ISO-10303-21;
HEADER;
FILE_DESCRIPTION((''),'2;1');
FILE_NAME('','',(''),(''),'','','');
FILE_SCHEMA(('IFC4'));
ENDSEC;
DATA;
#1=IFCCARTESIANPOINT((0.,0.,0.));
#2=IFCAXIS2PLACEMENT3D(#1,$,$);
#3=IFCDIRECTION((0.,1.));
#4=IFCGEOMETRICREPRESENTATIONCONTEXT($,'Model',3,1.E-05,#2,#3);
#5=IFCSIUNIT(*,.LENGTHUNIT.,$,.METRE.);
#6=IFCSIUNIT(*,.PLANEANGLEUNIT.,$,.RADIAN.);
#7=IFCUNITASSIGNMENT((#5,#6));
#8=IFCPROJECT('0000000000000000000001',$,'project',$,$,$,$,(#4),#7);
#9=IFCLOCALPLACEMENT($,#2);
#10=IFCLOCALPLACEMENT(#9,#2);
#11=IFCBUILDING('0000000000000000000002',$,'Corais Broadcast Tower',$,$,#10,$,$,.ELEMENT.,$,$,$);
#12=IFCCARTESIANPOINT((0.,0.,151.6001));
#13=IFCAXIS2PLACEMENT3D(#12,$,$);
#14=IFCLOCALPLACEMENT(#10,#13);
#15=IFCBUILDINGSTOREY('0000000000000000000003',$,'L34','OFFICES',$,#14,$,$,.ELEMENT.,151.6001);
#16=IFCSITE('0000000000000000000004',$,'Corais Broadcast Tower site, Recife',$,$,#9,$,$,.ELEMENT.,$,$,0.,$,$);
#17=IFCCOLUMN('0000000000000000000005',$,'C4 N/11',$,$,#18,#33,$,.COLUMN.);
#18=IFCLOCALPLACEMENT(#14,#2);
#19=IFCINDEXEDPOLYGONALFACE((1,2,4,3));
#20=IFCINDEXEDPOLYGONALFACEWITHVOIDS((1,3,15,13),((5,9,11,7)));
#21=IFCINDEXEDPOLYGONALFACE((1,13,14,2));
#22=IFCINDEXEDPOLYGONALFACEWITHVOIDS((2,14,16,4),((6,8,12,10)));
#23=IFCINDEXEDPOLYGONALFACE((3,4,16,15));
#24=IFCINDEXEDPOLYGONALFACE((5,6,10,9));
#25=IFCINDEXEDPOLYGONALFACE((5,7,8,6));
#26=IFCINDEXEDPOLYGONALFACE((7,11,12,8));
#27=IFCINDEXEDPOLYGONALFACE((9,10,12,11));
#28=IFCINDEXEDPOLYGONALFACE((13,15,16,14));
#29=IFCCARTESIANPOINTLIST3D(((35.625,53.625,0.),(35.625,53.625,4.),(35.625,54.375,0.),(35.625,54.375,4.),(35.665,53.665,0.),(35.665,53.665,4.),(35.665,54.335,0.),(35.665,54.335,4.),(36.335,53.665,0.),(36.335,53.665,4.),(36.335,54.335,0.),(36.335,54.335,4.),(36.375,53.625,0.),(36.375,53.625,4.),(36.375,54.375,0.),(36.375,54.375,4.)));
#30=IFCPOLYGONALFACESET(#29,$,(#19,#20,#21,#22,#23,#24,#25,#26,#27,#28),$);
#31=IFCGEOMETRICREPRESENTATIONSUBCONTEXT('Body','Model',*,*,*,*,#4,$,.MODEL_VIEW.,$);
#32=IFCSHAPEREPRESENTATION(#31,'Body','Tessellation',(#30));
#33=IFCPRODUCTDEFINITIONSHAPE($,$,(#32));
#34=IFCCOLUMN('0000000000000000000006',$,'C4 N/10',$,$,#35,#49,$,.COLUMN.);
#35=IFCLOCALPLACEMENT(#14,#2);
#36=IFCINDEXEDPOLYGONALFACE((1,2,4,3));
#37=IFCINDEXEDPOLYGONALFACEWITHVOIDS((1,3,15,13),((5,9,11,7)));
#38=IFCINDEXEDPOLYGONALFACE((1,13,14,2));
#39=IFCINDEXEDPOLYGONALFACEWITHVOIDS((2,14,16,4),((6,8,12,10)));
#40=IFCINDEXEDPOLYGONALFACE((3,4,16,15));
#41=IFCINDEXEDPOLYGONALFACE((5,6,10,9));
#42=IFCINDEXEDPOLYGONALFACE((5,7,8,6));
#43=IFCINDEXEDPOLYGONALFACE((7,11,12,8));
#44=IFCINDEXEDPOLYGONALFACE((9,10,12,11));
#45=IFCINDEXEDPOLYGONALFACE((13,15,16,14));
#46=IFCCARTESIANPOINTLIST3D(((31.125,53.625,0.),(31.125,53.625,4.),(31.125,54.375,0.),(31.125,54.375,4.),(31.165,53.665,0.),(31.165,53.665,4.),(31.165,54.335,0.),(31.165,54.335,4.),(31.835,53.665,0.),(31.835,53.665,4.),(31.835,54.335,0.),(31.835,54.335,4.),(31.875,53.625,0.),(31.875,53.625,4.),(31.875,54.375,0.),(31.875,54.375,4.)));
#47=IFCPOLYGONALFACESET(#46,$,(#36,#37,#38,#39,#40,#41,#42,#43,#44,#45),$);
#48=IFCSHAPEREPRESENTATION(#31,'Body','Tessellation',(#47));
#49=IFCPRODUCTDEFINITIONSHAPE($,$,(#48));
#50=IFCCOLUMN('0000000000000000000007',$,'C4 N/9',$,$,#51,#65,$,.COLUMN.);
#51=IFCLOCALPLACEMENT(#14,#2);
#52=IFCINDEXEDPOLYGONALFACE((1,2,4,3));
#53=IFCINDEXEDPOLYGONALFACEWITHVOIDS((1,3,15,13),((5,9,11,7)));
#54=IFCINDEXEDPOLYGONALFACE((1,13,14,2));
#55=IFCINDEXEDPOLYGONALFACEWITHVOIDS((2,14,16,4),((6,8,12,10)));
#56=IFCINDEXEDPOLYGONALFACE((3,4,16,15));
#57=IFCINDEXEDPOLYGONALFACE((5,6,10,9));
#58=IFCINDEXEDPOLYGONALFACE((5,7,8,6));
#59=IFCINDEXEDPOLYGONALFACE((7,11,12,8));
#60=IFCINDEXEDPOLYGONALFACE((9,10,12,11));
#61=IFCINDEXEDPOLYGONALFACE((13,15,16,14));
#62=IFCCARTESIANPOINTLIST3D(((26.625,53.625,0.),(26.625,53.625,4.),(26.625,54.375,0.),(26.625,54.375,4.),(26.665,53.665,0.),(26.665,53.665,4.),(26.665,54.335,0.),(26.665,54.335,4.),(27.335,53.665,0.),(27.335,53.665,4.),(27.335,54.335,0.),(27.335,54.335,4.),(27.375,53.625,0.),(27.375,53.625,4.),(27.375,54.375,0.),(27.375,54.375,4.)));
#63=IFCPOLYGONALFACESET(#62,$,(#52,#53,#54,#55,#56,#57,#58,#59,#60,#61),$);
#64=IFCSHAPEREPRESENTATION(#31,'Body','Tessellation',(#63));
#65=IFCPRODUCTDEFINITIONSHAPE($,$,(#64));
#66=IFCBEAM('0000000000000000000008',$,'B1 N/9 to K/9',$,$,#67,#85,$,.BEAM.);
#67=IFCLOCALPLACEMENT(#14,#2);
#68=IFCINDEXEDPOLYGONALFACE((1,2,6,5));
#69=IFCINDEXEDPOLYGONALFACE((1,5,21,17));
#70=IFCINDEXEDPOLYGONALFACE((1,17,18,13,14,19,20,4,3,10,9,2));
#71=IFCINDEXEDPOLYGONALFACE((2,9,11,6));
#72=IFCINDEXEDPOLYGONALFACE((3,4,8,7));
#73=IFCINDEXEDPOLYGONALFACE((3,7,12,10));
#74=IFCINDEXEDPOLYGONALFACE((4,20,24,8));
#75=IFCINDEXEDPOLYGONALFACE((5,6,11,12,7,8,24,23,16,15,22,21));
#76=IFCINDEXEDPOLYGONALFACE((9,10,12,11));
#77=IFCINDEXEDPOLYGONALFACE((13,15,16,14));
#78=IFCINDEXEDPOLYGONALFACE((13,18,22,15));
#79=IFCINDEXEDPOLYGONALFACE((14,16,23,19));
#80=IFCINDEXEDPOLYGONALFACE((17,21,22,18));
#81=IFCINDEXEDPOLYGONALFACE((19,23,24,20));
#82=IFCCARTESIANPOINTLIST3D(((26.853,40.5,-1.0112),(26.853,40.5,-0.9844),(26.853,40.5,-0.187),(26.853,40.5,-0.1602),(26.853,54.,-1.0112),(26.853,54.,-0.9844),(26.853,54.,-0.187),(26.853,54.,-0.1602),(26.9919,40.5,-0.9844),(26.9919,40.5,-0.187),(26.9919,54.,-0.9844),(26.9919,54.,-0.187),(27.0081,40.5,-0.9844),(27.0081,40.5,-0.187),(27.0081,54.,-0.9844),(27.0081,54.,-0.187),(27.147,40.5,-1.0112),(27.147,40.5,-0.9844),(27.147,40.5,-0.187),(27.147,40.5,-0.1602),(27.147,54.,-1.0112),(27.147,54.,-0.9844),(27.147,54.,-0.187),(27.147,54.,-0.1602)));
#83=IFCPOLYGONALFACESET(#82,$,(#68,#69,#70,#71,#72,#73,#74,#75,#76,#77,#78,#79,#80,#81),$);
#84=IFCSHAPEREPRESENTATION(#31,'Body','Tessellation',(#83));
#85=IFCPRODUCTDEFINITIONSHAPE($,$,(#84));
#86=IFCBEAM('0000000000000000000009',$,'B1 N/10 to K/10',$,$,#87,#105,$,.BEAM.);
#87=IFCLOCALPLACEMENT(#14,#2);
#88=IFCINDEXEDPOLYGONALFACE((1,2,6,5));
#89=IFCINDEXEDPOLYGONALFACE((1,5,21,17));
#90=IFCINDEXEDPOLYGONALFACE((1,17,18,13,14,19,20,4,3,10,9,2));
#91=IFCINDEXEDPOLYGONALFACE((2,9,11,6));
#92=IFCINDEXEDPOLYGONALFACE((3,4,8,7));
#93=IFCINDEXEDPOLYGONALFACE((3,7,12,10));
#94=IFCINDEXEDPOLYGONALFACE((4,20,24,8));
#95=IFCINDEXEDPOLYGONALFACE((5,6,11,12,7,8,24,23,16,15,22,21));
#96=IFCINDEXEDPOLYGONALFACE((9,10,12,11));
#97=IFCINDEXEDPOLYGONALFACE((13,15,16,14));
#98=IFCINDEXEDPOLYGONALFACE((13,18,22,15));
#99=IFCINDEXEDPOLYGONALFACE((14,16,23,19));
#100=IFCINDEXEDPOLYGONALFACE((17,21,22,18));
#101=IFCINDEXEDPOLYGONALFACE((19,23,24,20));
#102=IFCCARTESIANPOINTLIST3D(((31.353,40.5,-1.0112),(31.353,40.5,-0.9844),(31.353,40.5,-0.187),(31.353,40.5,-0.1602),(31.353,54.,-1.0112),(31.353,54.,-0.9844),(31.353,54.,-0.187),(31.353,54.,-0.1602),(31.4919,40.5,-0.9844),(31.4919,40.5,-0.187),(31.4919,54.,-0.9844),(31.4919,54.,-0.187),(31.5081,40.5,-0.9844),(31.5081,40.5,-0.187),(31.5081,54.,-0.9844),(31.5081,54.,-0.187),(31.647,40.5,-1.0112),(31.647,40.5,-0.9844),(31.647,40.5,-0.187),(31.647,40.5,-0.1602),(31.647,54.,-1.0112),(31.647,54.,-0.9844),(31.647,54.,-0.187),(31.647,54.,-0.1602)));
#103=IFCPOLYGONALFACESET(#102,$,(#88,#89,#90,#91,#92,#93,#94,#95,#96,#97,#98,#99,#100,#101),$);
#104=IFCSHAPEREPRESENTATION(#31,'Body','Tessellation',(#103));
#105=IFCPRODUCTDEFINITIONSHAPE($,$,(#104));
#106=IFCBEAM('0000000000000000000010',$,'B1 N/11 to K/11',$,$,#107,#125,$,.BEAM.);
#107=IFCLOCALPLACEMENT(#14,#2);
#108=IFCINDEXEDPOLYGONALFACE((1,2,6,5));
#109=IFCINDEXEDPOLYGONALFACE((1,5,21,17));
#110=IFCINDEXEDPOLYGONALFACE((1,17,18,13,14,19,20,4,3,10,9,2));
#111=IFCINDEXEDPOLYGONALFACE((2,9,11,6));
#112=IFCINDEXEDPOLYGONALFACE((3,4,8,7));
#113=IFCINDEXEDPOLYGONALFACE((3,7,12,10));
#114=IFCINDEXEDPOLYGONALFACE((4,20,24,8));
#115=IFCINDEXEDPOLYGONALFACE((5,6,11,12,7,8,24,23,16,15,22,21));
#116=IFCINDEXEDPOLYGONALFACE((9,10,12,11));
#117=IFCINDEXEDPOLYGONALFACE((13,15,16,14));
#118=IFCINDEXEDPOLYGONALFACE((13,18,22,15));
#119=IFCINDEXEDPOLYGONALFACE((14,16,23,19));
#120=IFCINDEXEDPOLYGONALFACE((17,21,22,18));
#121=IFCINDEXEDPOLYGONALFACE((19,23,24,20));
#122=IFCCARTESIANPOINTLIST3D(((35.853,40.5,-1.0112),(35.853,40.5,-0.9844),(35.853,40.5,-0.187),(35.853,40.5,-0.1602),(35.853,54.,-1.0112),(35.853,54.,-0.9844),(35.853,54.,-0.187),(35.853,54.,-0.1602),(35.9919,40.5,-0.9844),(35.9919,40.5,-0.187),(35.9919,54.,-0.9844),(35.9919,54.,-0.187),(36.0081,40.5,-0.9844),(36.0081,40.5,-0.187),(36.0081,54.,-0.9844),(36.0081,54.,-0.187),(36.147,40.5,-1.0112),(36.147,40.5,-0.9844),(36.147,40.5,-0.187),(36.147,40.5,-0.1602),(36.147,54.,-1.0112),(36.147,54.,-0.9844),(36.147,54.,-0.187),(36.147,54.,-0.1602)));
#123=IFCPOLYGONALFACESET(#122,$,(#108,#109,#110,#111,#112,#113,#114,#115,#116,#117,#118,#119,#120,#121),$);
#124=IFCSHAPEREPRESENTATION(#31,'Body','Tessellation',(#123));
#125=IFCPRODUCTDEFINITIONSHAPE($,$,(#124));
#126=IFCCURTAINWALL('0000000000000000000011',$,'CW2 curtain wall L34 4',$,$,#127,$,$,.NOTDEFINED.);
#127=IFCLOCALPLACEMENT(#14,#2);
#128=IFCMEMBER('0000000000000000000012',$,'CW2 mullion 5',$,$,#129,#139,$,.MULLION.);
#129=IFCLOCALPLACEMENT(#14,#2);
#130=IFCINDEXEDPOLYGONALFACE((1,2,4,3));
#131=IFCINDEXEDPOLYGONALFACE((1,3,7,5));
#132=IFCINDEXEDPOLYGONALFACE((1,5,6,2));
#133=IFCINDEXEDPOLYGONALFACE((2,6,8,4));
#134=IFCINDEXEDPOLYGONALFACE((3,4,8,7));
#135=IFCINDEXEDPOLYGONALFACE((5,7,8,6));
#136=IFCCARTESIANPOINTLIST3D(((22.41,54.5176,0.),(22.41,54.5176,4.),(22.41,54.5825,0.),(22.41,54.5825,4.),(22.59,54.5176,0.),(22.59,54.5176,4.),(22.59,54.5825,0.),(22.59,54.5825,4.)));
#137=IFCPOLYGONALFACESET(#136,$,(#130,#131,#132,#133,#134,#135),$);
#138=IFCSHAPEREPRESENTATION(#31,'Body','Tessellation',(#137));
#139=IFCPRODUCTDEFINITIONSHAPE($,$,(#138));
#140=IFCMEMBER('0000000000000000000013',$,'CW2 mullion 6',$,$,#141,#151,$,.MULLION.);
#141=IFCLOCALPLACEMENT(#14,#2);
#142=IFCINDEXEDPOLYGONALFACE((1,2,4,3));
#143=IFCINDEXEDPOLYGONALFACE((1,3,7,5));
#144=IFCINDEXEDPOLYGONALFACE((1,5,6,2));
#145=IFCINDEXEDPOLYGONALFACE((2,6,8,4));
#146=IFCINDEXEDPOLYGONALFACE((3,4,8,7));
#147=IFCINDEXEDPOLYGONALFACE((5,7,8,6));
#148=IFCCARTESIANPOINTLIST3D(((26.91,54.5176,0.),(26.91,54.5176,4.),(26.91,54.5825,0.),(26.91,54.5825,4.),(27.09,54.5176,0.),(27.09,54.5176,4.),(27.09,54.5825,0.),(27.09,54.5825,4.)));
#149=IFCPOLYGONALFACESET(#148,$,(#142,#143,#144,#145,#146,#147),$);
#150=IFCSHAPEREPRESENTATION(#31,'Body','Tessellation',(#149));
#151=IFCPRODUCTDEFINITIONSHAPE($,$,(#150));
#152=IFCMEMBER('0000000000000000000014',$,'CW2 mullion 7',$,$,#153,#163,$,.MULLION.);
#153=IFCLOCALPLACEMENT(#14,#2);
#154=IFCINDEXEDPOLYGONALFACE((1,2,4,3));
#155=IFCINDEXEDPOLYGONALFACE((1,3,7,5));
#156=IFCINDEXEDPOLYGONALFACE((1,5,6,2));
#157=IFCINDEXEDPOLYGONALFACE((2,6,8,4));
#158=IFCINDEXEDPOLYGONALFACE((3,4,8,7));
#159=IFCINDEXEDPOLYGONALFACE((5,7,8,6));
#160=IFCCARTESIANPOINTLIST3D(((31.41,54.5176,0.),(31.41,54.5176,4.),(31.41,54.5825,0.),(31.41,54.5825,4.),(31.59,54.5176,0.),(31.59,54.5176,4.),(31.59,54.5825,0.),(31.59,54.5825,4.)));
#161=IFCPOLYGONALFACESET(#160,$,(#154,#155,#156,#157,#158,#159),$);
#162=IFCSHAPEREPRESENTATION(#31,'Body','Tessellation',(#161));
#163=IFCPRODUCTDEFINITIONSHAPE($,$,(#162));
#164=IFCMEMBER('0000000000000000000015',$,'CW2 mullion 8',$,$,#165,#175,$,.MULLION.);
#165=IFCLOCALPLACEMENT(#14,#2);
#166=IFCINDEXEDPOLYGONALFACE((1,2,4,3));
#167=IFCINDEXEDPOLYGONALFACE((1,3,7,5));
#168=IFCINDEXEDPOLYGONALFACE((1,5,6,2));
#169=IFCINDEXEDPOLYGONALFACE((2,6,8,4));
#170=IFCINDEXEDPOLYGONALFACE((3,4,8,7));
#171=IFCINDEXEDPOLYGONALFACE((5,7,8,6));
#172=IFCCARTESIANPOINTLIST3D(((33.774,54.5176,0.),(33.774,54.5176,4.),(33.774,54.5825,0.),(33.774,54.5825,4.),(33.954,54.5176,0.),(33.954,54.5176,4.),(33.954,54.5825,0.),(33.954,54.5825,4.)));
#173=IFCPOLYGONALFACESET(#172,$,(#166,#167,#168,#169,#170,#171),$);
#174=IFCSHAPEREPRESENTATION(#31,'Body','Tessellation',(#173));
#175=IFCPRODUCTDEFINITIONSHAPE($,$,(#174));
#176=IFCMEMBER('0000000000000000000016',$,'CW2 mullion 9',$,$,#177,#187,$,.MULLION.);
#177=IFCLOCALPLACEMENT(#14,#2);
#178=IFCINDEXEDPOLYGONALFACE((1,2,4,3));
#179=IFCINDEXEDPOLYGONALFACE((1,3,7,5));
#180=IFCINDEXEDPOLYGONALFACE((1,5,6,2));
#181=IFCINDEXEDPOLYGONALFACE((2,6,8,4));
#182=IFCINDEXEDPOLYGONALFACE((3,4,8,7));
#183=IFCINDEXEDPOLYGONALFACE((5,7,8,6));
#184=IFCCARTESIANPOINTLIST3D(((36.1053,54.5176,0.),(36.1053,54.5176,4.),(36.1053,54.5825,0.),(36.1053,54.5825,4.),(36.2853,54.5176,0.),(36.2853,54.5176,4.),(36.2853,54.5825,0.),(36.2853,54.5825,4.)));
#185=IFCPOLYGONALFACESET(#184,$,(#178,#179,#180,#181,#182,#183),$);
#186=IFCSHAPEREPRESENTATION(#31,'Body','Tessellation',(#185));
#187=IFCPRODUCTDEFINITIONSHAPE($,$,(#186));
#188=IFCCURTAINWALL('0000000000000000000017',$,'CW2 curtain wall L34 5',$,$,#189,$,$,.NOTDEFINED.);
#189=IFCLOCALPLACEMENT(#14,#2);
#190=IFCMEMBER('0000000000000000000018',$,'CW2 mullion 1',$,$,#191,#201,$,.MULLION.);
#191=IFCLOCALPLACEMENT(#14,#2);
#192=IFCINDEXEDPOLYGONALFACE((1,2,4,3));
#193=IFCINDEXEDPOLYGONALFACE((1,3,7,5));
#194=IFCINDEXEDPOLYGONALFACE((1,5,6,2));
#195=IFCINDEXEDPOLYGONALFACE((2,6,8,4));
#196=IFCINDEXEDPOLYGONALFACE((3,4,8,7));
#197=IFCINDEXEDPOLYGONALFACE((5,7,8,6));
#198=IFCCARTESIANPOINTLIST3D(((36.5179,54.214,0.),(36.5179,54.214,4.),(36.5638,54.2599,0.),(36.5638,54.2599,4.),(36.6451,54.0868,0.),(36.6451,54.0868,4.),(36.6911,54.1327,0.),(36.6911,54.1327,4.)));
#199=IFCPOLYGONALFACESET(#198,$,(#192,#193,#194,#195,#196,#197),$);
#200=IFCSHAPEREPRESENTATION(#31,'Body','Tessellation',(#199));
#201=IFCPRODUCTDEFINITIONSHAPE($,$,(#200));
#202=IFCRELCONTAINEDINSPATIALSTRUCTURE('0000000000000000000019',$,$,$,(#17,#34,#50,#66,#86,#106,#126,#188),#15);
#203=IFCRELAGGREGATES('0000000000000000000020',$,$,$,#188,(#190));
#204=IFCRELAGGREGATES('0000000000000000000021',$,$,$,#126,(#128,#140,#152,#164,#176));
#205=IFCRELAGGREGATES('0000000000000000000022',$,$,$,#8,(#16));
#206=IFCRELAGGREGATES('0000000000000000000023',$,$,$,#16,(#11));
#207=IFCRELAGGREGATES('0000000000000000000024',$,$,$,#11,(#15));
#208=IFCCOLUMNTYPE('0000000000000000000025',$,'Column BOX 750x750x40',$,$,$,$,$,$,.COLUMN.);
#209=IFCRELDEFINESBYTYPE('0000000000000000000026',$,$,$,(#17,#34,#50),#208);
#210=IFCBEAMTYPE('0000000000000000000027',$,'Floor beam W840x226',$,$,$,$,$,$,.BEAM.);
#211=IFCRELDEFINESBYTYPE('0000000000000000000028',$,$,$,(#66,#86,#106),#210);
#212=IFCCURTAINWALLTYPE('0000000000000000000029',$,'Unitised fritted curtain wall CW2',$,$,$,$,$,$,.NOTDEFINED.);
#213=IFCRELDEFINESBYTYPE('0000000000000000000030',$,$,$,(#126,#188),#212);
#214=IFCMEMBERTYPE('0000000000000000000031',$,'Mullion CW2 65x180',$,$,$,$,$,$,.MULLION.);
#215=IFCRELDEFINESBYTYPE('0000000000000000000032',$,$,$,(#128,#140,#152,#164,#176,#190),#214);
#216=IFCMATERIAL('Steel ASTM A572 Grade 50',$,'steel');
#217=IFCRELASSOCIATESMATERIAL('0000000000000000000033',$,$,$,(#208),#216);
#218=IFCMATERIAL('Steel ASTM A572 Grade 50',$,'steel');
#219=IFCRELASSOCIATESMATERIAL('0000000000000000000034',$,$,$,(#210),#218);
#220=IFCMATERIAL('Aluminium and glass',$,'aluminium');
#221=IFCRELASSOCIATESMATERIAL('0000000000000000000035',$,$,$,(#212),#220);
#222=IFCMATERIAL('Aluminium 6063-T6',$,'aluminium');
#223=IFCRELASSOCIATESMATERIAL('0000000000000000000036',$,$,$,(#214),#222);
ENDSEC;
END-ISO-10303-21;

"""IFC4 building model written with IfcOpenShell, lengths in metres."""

from ifc_helpers import new_model, si_unit, direction, frame, origin, origin_2d, place, context, subcontext, project, spatial, rectangle, hollow_rectangle, i_section, extrude, material, material_profile, profile_set, type_object, element, aggregate, save


model = new_model("IFC4")

# Units and contexts
model_context = context("Model", 3, precision=1e-05, world=origin(), true_north=direction((0.0, 1.0)))
body_context = subcontext(model_context, "Body", "Model", "MODEL_VIEW")
ifc_project = project(units=[si_unit("LENGTHUNIT", "METRE"), si_unit("PLANEANGLEUNIT", "RADIAN")], contexts=[model_context])

# Site, building, storey
site_placement = place(None, origin())
site = spatial("IfcSite", under=ifc_project, at=site_placement, Name="Corais Broadcast Tower site, Recife", CompositionType="ELEMENT", RefElevation=0.0)
building_placement = place(site_placement, origin())
building = spatial("IfcBuilding", under=site, at=building_placement, Name="Corais Broadcast Tower", CompositionType="ELEMENT")
storey_placement = place(building_placement, frame((0.0, 0.0, 151.6001)))
storey = spatial("IfcBuildingStorey", under=building, at=storey_placement, Name="L34", Description="OFFICES", CompositionType="ELEMENT", Elevation=151.6001)

# Columns
ifc_material_1 = material(Name="Steel ASTM A572 Grade 50", Category="steel")
ifc_material_profile_1 = material_profile(ifc_material_1, hollow_rectangle(XDim=0.75, YDim=0.75, WallThickness=0.04, at=origin_2d()), Name="BOX 750x750x40")
ifc_profile_set_1 = profile_set([ifc_material_profile_1], Name="Steel ASTM A572 Grade 50")
column_type = type_object("IfcColumnType", Name="Column BOX 750x750x40", PredefinedType="COLUMN", material=ifc_profile_set_1)
for number, where, z_axis, x_axis, name in (
    (1, (36.0, 54.0, 0.0), (0.0, 0.0, 1.0), (1.0, 0.0, 0.0), "C4 N/11"),
    (2, (31.5, 54.0, 0.0), (0.0, 0.0, 1.0), (1.0, 0.0, 0.0), "C4 N/10"),
    (3, (27.0, 54.0, 0.0), (0.0, 0.0, 1.0), (1.0, 0.0, 0.0), "C4 N/9"),
):
    element("IfcColumn", number, at=place(storey_placement, frame(where, z_axis=z_axis, x_axis=x_axis)), inside=storey, type_object=column_type, Name=name, PredefinedType="COLUMN", context=body_context, shape_type="SweptSolid", body=[
        extrude(hollow_rectangle(XDim=0.75, YDim=0.75, WallThickness=0.04, at=origin_2d()), origin(), (0.0, 0.0, 1.0), 4.0),
    ])

# Beams
ifc_material_2 = material(Name="Steel ASTM A572 Grade 50", Category="steel")
ifc_material_profile_2 = material_profile(ifc_material_2, i_section(OverallWidth=0.2939, OverallDepth=0.8511, WebThickness=0.0161, FlangeThickness=0.0269, at=origin_2d()), Name="W840x226")
ifc_profile_set_2 = profile_set([ifc_material_profile_2], Name="Steel ASTM A572 Grade 50")
beam_type_1 = type_object("IfcBeamType", Name="Floor beam W840x226", PredefinedType="BEAM", material=ifc_profile_set_2)
for number, where, z_axis, x_axis, name in (
    (4, (27.0, 54.0, -0.5857), (0.0, -1.0, 0.0), (1.0, 0.0, 0.0), "B1 N/9 to K/9"),
    (5, (31.5, 54.0, -0.5857), (0.0, -1.0, 0.0), (1.0, 0.0, 0.0), "B1 N/10 to K/10"),
    (6, (36.0, 54.0, -0.5857), (0.0, -1.0, 0.0), (1.0, 0.0, 0.0), "B1 N/11 to K/11"),
):
    element("IfcBeam", number, at=place(storey_placement, frame(where, z_axis=z_axis, x_axis=x_axis)), inside=storey, type_object=beam_type_1, Name=name, PredefinedType="BEAM", context=body_context, shape_type="SweptSolid", body=[
        extrude(i_section(OverallWidth=0.2939, OverallDepth=0.8511, WebThickness=0.0161, FlangeThickness=0.0269, at=origin_2d()), origin(), (0.0, 0.0, 1.0), 13.5),
    ])

# Curtain wall, members
ifc_material_3 = material(Name="Aluminium and glass", Category="aluminium")
curtain_wall_type = type_object("IfcCurtainWallType", Name="Unitised fritted curtain wall CW2", PredefinedType="NOTDEFINED", material=ifc_material_3)
curtain_wall_1_placement = place(storey_placement, origin())
curtain_wall_1 = element("IfcCurtainWall", 7, at=curtain_wall_1_placement, inside=storey, type_object=curtain_wall_type, Name="CW2 curtain wall L34 4", PredefinedType="NOTDEFINED")
ifc_material_4 = material(Name="Aluminium 6063-T6", Category="aluminium")
ifc_material_profile_3 = material_profile(ifc_material_4, rectangle(XDim=0.0649, YDim=0.1799, at=origin_2d()), Name="Mullion CW2 65x180")
ifc_profile_set_3 = profile_set([ifc_material_profile_3], Name="Aluminium 6063-T6")
member_type_1 = type_object("IfcMemberType", Name="Mullion CW2 65x180", PredefinedType="MULLION", material=ifc_profile_set_3)
member_1_placement = place(storey_placement, frame((22.5, 54.55, 0.0), z_axis=(0.0, 0.0, 1.0), x_axis=(0.0, 1.0, 0.0)))
member_1 = element("IfcMember", 8, at=member_1_placement, type_object=member_type_1, Name="CW2 mullion 5", PredefinedType="MULLION", context=body_context, shape_type="SweptSolid", body=[
    extrude(rectangle(XDim=0.0649, YDim=0.1799, at=origin_2d()), origin(), (0.0, 0.0, 1.0), 4.0),
])
member_2_placement = place(storey_placement, frame((27.0, 54.55, 0.0), z_axis=(0.0, 0.0, 1.0), x_axis=(0.0, 1.0, 0.0)))
member_2 = element("IfcMember", 9, at=member_2_placement, type_object=member_type_1, Name="CW2 mullion 6", PredefinedType="MULLION", context=body_context, shape_type="SweptSolid", body=[
    extrude(rectangle(XDim=0.0649, YDim=0.1799, at=origin_2d()), origin(), (0.0, 0.0, 1.0), 4.0),
])
member_3_placement = place(storey_placement, frame((31.5, 54.55, 0.0), z_axis=(0.0, 0.0, 1.0), x_axis=(0.0, 1.0, 0.0)))
member_3 = element("IfcMember", 10, at=member_3_placement, type_object=member_type_1, Name="CW2 mullion 7", PredefinedType="MULLION", context=body_context, shape_type="SweptSolid", body=[
    extrude(rectangle(XDim=0.0649, YDim=0.1799, at=origin_2d()), origin(), (0.0, 0.0, 1.0), 4.0),
])
member_4_placement = place(storey_placement, frame((33.864, 54.55, 0.0), z_axis=(0.0, 0.0, 1.0), x_axis=(0.0, 1.0, 0.0)))
member_4 = element("IfcMember", 11, at=member_4_placement, type_object=member_type_1, Name="CW2 mullion 8", PredefinedType="MULLION", context=body_context, shape_type="SweptSolid", body=[
    extrude(rectangle(XDim=0.0649, YDim=0.1799, at=origin_2d()), origin(), (0.0, 0.0, 1.0), 4.0),
])
member_5_placement = place(storey_placement, frame((36.1953, 54.55, 0.0), z_axis=(0.0, 0.0, 1.0), x_axis=(0.0, 1.0, 0.0)))
member_5 = element("IfcMember", 12, at=member_5_placement, type_object=member_type_1, Name="CW2 mullion 9", PredefinedType="MULLION", context=body_context, shape_type="SweptSolid", body=[
    extrude(rectangle(XDim=0.0649, YDim=0.1799, at=origin_2d()), origin(), (0.0, 0.0, 1.0), 4.0),
])

# Curtain wall, member
curtain_wall_2_placement = place(storey_placement, origin())
curtain_wall_2 = element("IfcCurtainWall", 13, at=curtain_wall_2_placement, inside=storey, type_object=curtain_wall_type, Name="CW2 curtain wall L34 5", PredefinedType="NOTDEFINED")
member_6_placement = place(storey_placement, frame((36.6045, 54.1733, 0.0), z_axis=(0.0, 0.0, 1.0), x_axis=(0.707107, 0.707107, 0.0)))
member_6 = element("IfcMember", 14, at=member_6_placement, type_object=member_type_1, Name="CW2 mullion 1", PredefinedType="MULLION", context=body_context, shape_type="SweptSolid", body=[
    extrude(rectangle(XDim=0.0649, YDim=0.1799, at=origin_2d()), origin(), (0.0, 0.0, 1.0), 4.0),
])

aggregate(curtain_wall_2, [member_6])
aggregate(curtain_wall_1, [member_1, member_2, member_3, member_4, member_5])

save(model, "model.ifc")
